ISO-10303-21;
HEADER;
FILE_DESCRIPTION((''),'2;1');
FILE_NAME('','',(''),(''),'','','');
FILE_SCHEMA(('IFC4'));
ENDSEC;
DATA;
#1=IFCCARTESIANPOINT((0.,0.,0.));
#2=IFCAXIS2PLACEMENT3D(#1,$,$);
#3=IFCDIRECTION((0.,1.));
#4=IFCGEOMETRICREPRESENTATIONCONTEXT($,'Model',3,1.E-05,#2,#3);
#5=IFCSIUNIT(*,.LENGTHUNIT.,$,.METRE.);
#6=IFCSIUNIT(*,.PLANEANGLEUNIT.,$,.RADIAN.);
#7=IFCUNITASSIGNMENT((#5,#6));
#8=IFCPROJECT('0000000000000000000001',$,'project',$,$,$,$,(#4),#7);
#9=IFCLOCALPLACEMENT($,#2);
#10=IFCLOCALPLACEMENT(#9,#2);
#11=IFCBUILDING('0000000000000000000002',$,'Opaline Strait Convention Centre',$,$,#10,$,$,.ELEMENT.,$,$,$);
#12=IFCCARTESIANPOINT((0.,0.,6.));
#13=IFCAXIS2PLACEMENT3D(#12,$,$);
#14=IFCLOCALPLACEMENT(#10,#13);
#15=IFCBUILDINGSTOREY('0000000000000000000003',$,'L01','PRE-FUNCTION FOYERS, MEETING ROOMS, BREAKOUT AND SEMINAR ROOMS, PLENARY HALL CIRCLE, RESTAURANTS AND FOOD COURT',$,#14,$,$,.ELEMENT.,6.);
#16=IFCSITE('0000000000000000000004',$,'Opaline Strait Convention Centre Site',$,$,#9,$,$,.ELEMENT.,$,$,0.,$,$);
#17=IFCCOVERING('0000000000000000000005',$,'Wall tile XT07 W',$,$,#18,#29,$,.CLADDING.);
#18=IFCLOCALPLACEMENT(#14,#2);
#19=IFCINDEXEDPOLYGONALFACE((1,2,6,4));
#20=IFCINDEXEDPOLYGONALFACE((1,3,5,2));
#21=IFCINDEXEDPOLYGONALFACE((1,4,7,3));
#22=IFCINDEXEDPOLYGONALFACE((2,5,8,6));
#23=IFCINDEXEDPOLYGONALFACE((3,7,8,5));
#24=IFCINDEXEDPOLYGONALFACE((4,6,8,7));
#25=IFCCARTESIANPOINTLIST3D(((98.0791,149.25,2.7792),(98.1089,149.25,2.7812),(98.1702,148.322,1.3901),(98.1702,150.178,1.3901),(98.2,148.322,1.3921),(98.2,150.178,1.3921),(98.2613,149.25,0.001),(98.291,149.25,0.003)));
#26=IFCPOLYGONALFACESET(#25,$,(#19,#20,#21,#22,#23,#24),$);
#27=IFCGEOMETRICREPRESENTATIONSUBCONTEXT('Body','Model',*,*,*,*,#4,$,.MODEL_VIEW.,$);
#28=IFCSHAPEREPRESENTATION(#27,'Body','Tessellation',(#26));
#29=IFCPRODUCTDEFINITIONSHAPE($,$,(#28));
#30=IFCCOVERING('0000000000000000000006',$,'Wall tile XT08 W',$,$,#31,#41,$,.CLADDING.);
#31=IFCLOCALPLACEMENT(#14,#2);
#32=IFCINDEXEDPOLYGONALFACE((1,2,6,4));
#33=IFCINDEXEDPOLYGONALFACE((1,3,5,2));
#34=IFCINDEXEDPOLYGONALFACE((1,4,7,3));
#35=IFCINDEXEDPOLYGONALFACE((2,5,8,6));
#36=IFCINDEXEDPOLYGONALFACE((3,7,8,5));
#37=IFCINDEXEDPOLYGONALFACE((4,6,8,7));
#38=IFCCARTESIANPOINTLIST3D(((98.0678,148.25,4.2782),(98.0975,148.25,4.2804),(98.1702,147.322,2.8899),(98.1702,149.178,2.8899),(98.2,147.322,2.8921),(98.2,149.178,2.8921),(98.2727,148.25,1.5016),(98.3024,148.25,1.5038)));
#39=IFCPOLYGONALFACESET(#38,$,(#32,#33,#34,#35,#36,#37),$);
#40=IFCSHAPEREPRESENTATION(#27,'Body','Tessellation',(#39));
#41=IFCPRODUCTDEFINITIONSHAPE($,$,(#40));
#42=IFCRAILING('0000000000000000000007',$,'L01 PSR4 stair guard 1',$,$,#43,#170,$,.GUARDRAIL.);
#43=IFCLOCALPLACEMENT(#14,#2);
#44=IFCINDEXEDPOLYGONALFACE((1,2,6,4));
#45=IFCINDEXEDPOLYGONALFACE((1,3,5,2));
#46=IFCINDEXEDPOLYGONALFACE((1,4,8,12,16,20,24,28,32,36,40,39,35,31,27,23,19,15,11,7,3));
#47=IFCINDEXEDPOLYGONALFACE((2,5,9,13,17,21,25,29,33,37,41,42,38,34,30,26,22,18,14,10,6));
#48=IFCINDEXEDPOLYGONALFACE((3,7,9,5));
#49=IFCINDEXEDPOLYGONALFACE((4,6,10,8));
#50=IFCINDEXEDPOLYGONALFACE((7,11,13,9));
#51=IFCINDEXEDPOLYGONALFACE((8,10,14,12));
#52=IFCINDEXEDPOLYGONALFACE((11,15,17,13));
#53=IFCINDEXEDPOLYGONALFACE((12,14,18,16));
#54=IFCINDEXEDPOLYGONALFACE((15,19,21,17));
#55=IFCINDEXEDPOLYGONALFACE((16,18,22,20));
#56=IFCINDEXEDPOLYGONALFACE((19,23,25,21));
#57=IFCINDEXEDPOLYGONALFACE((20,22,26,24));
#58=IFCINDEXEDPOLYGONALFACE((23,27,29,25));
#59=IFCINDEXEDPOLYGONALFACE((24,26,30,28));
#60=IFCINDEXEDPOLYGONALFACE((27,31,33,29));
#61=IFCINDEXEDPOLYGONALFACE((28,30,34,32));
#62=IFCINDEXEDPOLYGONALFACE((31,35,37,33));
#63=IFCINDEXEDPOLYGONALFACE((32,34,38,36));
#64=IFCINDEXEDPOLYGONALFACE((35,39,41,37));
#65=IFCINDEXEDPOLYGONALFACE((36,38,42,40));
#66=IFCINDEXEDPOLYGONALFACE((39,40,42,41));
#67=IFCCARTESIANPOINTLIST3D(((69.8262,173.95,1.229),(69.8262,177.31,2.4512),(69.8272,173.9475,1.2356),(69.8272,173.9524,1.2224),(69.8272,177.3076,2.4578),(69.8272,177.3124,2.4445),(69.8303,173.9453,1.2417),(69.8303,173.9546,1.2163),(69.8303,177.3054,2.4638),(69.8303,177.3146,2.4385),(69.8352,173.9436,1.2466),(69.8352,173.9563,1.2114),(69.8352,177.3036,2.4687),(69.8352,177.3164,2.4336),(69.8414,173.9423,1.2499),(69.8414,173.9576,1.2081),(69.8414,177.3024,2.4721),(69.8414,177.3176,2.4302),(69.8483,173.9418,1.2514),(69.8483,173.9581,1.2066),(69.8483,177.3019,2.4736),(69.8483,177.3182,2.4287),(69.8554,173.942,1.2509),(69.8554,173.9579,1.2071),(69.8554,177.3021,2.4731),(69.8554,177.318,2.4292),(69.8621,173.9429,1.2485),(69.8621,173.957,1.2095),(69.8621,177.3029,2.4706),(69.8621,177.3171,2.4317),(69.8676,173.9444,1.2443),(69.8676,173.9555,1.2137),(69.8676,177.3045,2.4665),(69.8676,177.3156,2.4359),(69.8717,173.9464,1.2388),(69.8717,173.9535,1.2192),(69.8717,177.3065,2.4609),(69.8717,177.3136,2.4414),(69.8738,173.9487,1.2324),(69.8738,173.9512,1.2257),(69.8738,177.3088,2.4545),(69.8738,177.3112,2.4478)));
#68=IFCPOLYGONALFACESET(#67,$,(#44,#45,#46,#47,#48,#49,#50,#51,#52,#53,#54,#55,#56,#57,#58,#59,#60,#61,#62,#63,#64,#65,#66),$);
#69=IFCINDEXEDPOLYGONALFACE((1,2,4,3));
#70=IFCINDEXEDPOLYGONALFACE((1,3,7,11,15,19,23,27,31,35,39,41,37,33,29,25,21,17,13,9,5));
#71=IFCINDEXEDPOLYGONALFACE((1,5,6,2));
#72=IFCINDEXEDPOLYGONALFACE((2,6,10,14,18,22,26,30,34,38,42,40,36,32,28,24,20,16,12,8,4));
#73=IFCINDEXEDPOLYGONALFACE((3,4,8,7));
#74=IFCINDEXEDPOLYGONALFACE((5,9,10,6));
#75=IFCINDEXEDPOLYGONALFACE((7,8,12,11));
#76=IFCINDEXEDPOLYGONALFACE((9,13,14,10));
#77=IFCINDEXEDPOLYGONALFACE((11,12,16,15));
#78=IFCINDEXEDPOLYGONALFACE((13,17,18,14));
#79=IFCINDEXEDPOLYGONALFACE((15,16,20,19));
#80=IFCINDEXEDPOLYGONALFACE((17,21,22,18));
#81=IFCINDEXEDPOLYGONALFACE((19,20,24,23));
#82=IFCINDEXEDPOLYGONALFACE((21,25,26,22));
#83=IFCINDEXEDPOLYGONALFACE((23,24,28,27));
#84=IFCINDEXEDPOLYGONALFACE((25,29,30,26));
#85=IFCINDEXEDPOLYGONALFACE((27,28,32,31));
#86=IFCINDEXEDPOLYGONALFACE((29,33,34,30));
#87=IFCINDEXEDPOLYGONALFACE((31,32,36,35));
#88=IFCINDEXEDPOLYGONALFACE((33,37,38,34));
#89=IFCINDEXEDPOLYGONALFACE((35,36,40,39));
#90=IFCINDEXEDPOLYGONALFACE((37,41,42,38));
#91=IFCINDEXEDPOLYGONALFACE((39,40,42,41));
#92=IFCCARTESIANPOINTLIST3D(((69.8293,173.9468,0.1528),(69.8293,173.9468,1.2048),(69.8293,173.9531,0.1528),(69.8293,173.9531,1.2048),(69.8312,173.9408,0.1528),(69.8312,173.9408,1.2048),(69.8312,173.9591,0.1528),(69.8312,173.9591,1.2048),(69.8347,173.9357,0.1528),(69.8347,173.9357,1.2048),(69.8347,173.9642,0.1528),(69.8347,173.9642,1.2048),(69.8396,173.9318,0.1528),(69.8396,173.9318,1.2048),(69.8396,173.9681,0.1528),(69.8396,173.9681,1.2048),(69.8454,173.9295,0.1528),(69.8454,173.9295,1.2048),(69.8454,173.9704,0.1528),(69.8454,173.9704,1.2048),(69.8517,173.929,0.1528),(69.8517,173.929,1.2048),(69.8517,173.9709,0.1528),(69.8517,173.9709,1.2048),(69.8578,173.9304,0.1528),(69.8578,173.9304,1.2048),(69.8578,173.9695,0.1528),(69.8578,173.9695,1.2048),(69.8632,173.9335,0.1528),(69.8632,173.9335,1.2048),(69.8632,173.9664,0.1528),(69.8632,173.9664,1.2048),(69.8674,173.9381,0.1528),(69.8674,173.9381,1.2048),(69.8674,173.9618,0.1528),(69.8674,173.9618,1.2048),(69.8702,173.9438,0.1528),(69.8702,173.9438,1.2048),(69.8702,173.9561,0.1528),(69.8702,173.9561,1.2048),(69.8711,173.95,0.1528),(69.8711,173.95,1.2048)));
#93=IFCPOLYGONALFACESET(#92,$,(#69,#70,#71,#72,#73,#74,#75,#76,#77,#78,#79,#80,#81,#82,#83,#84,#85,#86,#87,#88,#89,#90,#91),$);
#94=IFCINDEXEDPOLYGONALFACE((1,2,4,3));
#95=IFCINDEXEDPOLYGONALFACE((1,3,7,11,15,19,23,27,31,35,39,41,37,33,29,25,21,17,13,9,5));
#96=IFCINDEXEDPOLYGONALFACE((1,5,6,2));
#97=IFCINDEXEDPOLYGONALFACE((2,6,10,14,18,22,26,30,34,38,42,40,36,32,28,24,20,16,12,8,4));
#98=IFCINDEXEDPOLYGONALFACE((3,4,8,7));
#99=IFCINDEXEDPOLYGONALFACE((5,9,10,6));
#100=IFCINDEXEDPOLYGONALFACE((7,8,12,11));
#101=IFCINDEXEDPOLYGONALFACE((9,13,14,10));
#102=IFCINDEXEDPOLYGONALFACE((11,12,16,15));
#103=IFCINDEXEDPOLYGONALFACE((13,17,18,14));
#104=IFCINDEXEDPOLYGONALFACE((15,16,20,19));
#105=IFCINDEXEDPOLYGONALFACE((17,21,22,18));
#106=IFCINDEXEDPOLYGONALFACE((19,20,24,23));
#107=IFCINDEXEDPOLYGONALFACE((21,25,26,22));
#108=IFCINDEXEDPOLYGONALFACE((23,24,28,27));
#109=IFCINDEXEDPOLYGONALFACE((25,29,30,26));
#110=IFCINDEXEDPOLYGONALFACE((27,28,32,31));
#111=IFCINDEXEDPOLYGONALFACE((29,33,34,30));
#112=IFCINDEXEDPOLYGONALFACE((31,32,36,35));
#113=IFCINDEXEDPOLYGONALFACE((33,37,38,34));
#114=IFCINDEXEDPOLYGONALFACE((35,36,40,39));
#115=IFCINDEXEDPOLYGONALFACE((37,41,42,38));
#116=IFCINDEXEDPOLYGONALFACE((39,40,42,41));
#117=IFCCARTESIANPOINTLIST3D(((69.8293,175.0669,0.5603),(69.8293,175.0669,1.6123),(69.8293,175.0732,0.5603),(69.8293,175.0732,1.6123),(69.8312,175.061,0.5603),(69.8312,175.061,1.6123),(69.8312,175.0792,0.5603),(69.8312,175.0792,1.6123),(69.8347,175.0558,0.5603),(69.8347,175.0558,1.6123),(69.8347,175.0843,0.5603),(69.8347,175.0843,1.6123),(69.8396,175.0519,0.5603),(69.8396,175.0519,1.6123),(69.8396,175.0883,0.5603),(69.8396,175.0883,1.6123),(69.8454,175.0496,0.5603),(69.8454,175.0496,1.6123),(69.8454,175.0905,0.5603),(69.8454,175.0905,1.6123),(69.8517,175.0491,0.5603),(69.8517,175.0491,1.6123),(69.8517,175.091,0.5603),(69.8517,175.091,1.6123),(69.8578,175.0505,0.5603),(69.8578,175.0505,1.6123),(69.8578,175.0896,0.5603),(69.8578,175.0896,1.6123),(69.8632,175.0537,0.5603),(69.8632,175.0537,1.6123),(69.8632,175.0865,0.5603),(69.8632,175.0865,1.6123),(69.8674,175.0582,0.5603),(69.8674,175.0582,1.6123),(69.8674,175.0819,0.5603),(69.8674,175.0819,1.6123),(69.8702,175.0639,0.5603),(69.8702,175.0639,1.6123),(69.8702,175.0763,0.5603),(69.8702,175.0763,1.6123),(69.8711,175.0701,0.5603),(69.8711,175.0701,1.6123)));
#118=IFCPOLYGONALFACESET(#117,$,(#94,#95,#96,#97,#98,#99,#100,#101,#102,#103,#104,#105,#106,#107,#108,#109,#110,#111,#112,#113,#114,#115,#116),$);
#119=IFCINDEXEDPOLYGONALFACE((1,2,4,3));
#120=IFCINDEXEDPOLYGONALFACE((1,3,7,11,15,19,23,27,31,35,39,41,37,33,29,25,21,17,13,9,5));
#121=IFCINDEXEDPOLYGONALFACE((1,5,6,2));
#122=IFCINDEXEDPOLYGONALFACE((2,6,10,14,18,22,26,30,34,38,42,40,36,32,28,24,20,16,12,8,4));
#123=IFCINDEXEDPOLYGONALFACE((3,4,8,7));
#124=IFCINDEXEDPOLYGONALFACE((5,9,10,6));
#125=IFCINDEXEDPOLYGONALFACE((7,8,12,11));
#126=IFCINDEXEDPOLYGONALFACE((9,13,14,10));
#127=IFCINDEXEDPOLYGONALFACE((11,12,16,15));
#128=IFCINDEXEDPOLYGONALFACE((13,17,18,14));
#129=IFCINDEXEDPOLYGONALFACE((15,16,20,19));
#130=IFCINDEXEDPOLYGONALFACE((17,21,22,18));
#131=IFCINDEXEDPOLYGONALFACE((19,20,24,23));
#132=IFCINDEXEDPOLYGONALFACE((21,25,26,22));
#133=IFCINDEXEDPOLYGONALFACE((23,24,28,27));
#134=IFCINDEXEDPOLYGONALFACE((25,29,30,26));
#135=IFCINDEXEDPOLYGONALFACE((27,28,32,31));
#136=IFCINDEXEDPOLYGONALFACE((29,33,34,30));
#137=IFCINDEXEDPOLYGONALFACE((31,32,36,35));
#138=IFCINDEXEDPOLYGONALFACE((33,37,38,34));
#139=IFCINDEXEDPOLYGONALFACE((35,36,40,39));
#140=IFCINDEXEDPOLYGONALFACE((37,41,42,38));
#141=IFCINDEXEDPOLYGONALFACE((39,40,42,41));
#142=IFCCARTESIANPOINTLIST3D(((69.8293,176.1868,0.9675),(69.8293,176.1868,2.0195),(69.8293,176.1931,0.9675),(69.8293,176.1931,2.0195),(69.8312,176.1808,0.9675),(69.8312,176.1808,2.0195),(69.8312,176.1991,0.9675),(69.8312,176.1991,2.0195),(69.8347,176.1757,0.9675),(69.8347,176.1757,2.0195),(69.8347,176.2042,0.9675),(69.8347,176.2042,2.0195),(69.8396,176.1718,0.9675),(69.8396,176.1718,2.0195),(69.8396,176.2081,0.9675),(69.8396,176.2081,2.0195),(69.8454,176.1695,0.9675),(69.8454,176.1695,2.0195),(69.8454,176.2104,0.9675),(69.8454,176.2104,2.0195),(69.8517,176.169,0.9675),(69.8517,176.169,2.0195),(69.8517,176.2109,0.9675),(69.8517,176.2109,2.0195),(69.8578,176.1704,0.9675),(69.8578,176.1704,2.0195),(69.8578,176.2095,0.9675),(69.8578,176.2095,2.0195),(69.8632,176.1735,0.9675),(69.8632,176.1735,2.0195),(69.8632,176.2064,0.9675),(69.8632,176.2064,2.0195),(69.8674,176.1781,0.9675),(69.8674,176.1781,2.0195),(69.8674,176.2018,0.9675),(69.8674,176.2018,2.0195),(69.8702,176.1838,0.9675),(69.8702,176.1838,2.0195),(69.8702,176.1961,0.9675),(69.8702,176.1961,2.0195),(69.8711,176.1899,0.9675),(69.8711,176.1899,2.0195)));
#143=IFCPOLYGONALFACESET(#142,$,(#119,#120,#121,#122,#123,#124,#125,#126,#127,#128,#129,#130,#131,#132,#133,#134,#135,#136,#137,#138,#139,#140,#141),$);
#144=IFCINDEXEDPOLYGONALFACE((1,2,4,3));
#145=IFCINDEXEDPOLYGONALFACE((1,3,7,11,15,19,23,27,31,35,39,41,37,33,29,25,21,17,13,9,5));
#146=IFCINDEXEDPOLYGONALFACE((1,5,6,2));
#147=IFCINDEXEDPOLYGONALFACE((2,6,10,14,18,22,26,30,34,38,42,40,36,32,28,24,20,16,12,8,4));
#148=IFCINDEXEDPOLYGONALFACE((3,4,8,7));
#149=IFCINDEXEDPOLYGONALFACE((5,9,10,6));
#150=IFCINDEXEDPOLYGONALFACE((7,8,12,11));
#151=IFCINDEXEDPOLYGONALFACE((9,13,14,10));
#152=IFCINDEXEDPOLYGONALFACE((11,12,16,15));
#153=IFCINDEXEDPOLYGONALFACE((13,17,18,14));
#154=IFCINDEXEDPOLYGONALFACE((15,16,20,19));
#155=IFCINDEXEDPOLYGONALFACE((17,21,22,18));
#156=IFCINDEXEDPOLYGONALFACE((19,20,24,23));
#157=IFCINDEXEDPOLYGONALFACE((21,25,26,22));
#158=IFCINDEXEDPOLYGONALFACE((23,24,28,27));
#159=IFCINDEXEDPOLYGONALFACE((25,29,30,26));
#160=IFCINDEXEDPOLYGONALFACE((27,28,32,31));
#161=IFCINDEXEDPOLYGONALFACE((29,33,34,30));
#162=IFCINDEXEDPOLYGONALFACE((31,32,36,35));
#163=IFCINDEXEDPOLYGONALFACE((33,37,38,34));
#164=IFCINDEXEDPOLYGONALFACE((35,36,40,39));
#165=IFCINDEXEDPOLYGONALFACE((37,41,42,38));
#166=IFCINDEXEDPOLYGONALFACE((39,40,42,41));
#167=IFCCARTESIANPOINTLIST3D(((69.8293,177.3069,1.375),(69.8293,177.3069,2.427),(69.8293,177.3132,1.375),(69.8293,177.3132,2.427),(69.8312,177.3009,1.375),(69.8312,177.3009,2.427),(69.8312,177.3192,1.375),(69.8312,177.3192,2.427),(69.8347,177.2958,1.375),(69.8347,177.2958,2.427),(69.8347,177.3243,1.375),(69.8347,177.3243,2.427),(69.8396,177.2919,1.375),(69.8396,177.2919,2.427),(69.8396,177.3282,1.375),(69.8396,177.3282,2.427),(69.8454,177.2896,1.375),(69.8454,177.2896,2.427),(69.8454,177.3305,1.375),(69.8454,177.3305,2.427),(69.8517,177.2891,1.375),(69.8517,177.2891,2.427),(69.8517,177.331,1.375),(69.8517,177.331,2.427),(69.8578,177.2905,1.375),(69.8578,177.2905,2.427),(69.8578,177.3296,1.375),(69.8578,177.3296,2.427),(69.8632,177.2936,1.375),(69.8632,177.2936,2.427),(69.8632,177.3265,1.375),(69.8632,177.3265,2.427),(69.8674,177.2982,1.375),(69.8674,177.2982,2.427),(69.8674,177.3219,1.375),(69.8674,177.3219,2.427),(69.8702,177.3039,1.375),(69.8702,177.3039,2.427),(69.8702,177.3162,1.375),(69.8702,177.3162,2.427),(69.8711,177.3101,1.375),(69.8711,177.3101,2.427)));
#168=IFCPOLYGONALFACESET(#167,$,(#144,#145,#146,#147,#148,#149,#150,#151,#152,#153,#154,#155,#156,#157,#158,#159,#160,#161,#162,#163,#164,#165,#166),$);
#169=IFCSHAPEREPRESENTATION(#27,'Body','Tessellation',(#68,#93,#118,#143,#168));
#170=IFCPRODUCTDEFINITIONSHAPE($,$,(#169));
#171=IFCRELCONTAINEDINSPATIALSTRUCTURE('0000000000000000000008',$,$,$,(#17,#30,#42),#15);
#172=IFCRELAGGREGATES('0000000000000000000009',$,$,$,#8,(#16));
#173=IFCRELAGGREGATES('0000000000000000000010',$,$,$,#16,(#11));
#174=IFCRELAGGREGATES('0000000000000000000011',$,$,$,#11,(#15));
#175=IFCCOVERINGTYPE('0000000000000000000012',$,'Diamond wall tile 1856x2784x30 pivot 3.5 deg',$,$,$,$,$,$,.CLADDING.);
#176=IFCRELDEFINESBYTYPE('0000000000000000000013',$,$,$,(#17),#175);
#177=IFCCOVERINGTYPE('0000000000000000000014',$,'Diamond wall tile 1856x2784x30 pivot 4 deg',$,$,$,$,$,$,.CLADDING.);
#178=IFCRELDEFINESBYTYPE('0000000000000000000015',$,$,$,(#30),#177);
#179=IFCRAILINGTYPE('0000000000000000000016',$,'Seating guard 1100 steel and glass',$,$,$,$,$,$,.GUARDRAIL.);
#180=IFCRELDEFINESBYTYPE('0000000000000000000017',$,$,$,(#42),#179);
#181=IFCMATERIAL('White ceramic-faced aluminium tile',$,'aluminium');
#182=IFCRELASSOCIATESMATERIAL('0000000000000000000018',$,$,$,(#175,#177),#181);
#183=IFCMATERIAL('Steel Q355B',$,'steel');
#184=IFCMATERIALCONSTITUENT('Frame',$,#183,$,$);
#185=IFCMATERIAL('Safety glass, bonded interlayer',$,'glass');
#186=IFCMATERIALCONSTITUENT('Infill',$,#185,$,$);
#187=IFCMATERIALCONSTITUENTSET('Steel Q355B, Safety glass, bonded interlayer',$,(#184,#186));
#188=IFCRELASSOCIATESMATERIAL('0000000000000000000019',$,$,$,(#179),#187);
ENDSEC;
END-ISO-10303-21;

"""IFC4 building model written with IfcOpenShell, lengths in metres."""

from ifc_helpers import new_model, si_unit, direction, frame, origin, origin_2d, place, context, subcontext, project, spatial, polyline, circle, outline, extrude, material, constituent, constituent_set, material_profile, profile_set, type_object, element, save


model = new_model("IFC4")

# Units and contexts
model_context = context("Model", 3, precision=1e-05, world=origin(), true_north=direction((0.0, 1.0)))
body_context = subcontext(model_context, "Body", "Model", "MODEL_VIEW")
ifc_project = project(units=[si_unit("LENGTHUNIT", "METRE"), si_unit("PLANEANGLEUNIT", "RADIAN")], contexts=[model_context])

# Site, building, storey
site_placement = place(None, origin())
site = spatial("IfcSite", under=ifc_project, at=site_placement, Name="Opaline Strait Convention Centre Site", CompositionType="ELEMENT", RefElevation=0.0)
building_placement = place(site_placement, origin())
building = spatial("IfcBuilding", under=site, at=building_placement, Name="Opaline Strait Convention Centre", CompositionType="ELEMENT")
storey_placement = place(building_placement, frame((0.0, 0.0, 6.0)))
storey = spatial("IfcBuildingStorey", under=building, at=storey_placement, Name="L01", Description="PRE-FUNCTION FOYERS, MEETING ROOMS, BREAKOUT AND SEMINAR ROOMS, PLENARY HALL CIRCLE, RESTAURANTS AND FOOD COURT", CompositionType="ELEMENT", Elevation=6.0)

# Shared definitions
ifc_material_1 = material(Name="Steel Q355B", Category="steel")

# Coverings
ifc_material_2 = material(Name="White ceramic-faced aluminium tile", Category="aluminium")
ifc_material_profile_1 = material_profile(ifc_material_2, outline(polyline([(0.928, 0.0), (0.0, 1.3921), (-0.928, 0.0), (0.0, -1.3921), (0.928, 0.0)])), Name="Diamond tile 1856x2784")
ifc_profile_set_1 = profile_set([ifc_material_profile_1], Name="White ceramic-faced aluminium tile")
covering_type_1 = type_object("IfcCoveringType", Name="Diamond wall tile 1856x2784x30 pivot 3.5 deg", PredefinedType="CLADDING", material=ifc_profile_set_1)
covering_1_placement = place(storey_placement, frame((98.2, 149.25, 1.3921), z_axis=(-0.997857, 0.0, -0.065433), x_axis=(0.0, -1.0, 0.0)))
element("IfcCovering", 1, at=covering_1_placement, inside=storey, type_object=covering_type_1, Name="Wall tile XT07 W", PredefinedType="CLADDING", context=body_context, shape_type="SweptSolid", body=[
    extrude(outline(polyline([(0.928, 0.0), (0.0, 1.3921), (-0.928, 0.0), (0.0, -1.3921), (0.928, 0.0)])), origin(), (0.0, 0.0, 1.0), 0.0298),
])
ifc_material_profile_2 = material_profile(ifc_material_2, outline(polyline([(0.928, 0.0), (0.0, 1.3921), (-0.928, 0.0), (0.0, -1.3921), (0.928, 0.0)])), Name="Diamond tile 1856x2784")
ifc_profile_set_2 = profile_set([ifc_material_profile_2], Name="White ceramic-faced aluminium tile")
covering_type_2 = type_object("IfcCoveringType", Name="Diamond wall tile 1856x2784x30 pivot 4 deg", PredefinedType="CLADDING", material=ifc_profile_set_2)
covering_2_placement = place(storey_placement, frame((98.2, 148.25, 2.8921), z_axis=(-0.99729, 0.0, -0.073571), x_axis=(0.0, -1.0, 0.0)))
element("IfcCovering", 2, at=covering_2_placement, inside=storey, type_object=covering_type_2, Name="Wall tile XT08 W", PredefinedType="CLADDING", context=body_context, shape_type="SweptSolid", body=[
    extrude(outline(polyline([(0.928, 0.0), (0.0, 1.3921), (-0.928, 0.0), (0.0, -1.3921), (0.928, 0.0)])), origin(), (0.0, 0.0, 1.0), 0.0298),
])

# Railing
ifc_constituent_1 = constituent(ifc_material_1, Name="Frame")
ifc_material_3 = material(Name="Safety glass, bonded interlayer", Category="glass")
ifc_constituent_2 = constituent(ifc_material_3, Name="Infill")
ifc_constituent_set = constituent_set(constituents=[ifc_constituent_1, ifc_constituent_2], Name="Steel Q355B, Safety glass, bonded interlayer")
railing_type = type_object("IfcRailingType", Name="Seating guard 1100 steel and glass", PredefinedType="GUARDRAIL", material=ifc_constituent_set)
railing_placement = place(storey_placement, frame((69.8501, 173.95, 0.1528)))
element("IfcRailing", 3, at=railing_placement, inside=storey, type_object=railing_type, Name="L01 PSR4 stair guard 1", PredefinedType="GUARDRAIL", context=body_context, shape_type="SweptSolid", body=[
    extrude(circle(Radius=0.0239, at=origin_2d()), frame((0.0, 0.0, 1.0762), z_axis=(0.0, 0.939766, 0.34182), x_axis=(-1.0, 0.0, 0.0)), (0.0, 0.0, 1.0), 3.5754),
    extrude(circle(Radius=0.021, at=origin_2d()), origin(), (0.0, 0.0, 1.0), 1.052),
    extrude(circle(Radius=0.021, at=origin_2d()), frame((0.0, 1.1201, 0.4075)), (0.0, 0.0, 1.0), 1.052),
    extrude(circle(Radius=0.021, at=origin_2d()), frame((0.0, 2.24, 0.8147)), (0.0, 0.0, 1.0), 1.052),
    extrude(circle(Radius=0.021, at=origin_2d()), frame((0.0, 3.3601, 1.2222)), (0.0, 0.0, 1.0), 1.052),
])

save(model, "model.ifc")
